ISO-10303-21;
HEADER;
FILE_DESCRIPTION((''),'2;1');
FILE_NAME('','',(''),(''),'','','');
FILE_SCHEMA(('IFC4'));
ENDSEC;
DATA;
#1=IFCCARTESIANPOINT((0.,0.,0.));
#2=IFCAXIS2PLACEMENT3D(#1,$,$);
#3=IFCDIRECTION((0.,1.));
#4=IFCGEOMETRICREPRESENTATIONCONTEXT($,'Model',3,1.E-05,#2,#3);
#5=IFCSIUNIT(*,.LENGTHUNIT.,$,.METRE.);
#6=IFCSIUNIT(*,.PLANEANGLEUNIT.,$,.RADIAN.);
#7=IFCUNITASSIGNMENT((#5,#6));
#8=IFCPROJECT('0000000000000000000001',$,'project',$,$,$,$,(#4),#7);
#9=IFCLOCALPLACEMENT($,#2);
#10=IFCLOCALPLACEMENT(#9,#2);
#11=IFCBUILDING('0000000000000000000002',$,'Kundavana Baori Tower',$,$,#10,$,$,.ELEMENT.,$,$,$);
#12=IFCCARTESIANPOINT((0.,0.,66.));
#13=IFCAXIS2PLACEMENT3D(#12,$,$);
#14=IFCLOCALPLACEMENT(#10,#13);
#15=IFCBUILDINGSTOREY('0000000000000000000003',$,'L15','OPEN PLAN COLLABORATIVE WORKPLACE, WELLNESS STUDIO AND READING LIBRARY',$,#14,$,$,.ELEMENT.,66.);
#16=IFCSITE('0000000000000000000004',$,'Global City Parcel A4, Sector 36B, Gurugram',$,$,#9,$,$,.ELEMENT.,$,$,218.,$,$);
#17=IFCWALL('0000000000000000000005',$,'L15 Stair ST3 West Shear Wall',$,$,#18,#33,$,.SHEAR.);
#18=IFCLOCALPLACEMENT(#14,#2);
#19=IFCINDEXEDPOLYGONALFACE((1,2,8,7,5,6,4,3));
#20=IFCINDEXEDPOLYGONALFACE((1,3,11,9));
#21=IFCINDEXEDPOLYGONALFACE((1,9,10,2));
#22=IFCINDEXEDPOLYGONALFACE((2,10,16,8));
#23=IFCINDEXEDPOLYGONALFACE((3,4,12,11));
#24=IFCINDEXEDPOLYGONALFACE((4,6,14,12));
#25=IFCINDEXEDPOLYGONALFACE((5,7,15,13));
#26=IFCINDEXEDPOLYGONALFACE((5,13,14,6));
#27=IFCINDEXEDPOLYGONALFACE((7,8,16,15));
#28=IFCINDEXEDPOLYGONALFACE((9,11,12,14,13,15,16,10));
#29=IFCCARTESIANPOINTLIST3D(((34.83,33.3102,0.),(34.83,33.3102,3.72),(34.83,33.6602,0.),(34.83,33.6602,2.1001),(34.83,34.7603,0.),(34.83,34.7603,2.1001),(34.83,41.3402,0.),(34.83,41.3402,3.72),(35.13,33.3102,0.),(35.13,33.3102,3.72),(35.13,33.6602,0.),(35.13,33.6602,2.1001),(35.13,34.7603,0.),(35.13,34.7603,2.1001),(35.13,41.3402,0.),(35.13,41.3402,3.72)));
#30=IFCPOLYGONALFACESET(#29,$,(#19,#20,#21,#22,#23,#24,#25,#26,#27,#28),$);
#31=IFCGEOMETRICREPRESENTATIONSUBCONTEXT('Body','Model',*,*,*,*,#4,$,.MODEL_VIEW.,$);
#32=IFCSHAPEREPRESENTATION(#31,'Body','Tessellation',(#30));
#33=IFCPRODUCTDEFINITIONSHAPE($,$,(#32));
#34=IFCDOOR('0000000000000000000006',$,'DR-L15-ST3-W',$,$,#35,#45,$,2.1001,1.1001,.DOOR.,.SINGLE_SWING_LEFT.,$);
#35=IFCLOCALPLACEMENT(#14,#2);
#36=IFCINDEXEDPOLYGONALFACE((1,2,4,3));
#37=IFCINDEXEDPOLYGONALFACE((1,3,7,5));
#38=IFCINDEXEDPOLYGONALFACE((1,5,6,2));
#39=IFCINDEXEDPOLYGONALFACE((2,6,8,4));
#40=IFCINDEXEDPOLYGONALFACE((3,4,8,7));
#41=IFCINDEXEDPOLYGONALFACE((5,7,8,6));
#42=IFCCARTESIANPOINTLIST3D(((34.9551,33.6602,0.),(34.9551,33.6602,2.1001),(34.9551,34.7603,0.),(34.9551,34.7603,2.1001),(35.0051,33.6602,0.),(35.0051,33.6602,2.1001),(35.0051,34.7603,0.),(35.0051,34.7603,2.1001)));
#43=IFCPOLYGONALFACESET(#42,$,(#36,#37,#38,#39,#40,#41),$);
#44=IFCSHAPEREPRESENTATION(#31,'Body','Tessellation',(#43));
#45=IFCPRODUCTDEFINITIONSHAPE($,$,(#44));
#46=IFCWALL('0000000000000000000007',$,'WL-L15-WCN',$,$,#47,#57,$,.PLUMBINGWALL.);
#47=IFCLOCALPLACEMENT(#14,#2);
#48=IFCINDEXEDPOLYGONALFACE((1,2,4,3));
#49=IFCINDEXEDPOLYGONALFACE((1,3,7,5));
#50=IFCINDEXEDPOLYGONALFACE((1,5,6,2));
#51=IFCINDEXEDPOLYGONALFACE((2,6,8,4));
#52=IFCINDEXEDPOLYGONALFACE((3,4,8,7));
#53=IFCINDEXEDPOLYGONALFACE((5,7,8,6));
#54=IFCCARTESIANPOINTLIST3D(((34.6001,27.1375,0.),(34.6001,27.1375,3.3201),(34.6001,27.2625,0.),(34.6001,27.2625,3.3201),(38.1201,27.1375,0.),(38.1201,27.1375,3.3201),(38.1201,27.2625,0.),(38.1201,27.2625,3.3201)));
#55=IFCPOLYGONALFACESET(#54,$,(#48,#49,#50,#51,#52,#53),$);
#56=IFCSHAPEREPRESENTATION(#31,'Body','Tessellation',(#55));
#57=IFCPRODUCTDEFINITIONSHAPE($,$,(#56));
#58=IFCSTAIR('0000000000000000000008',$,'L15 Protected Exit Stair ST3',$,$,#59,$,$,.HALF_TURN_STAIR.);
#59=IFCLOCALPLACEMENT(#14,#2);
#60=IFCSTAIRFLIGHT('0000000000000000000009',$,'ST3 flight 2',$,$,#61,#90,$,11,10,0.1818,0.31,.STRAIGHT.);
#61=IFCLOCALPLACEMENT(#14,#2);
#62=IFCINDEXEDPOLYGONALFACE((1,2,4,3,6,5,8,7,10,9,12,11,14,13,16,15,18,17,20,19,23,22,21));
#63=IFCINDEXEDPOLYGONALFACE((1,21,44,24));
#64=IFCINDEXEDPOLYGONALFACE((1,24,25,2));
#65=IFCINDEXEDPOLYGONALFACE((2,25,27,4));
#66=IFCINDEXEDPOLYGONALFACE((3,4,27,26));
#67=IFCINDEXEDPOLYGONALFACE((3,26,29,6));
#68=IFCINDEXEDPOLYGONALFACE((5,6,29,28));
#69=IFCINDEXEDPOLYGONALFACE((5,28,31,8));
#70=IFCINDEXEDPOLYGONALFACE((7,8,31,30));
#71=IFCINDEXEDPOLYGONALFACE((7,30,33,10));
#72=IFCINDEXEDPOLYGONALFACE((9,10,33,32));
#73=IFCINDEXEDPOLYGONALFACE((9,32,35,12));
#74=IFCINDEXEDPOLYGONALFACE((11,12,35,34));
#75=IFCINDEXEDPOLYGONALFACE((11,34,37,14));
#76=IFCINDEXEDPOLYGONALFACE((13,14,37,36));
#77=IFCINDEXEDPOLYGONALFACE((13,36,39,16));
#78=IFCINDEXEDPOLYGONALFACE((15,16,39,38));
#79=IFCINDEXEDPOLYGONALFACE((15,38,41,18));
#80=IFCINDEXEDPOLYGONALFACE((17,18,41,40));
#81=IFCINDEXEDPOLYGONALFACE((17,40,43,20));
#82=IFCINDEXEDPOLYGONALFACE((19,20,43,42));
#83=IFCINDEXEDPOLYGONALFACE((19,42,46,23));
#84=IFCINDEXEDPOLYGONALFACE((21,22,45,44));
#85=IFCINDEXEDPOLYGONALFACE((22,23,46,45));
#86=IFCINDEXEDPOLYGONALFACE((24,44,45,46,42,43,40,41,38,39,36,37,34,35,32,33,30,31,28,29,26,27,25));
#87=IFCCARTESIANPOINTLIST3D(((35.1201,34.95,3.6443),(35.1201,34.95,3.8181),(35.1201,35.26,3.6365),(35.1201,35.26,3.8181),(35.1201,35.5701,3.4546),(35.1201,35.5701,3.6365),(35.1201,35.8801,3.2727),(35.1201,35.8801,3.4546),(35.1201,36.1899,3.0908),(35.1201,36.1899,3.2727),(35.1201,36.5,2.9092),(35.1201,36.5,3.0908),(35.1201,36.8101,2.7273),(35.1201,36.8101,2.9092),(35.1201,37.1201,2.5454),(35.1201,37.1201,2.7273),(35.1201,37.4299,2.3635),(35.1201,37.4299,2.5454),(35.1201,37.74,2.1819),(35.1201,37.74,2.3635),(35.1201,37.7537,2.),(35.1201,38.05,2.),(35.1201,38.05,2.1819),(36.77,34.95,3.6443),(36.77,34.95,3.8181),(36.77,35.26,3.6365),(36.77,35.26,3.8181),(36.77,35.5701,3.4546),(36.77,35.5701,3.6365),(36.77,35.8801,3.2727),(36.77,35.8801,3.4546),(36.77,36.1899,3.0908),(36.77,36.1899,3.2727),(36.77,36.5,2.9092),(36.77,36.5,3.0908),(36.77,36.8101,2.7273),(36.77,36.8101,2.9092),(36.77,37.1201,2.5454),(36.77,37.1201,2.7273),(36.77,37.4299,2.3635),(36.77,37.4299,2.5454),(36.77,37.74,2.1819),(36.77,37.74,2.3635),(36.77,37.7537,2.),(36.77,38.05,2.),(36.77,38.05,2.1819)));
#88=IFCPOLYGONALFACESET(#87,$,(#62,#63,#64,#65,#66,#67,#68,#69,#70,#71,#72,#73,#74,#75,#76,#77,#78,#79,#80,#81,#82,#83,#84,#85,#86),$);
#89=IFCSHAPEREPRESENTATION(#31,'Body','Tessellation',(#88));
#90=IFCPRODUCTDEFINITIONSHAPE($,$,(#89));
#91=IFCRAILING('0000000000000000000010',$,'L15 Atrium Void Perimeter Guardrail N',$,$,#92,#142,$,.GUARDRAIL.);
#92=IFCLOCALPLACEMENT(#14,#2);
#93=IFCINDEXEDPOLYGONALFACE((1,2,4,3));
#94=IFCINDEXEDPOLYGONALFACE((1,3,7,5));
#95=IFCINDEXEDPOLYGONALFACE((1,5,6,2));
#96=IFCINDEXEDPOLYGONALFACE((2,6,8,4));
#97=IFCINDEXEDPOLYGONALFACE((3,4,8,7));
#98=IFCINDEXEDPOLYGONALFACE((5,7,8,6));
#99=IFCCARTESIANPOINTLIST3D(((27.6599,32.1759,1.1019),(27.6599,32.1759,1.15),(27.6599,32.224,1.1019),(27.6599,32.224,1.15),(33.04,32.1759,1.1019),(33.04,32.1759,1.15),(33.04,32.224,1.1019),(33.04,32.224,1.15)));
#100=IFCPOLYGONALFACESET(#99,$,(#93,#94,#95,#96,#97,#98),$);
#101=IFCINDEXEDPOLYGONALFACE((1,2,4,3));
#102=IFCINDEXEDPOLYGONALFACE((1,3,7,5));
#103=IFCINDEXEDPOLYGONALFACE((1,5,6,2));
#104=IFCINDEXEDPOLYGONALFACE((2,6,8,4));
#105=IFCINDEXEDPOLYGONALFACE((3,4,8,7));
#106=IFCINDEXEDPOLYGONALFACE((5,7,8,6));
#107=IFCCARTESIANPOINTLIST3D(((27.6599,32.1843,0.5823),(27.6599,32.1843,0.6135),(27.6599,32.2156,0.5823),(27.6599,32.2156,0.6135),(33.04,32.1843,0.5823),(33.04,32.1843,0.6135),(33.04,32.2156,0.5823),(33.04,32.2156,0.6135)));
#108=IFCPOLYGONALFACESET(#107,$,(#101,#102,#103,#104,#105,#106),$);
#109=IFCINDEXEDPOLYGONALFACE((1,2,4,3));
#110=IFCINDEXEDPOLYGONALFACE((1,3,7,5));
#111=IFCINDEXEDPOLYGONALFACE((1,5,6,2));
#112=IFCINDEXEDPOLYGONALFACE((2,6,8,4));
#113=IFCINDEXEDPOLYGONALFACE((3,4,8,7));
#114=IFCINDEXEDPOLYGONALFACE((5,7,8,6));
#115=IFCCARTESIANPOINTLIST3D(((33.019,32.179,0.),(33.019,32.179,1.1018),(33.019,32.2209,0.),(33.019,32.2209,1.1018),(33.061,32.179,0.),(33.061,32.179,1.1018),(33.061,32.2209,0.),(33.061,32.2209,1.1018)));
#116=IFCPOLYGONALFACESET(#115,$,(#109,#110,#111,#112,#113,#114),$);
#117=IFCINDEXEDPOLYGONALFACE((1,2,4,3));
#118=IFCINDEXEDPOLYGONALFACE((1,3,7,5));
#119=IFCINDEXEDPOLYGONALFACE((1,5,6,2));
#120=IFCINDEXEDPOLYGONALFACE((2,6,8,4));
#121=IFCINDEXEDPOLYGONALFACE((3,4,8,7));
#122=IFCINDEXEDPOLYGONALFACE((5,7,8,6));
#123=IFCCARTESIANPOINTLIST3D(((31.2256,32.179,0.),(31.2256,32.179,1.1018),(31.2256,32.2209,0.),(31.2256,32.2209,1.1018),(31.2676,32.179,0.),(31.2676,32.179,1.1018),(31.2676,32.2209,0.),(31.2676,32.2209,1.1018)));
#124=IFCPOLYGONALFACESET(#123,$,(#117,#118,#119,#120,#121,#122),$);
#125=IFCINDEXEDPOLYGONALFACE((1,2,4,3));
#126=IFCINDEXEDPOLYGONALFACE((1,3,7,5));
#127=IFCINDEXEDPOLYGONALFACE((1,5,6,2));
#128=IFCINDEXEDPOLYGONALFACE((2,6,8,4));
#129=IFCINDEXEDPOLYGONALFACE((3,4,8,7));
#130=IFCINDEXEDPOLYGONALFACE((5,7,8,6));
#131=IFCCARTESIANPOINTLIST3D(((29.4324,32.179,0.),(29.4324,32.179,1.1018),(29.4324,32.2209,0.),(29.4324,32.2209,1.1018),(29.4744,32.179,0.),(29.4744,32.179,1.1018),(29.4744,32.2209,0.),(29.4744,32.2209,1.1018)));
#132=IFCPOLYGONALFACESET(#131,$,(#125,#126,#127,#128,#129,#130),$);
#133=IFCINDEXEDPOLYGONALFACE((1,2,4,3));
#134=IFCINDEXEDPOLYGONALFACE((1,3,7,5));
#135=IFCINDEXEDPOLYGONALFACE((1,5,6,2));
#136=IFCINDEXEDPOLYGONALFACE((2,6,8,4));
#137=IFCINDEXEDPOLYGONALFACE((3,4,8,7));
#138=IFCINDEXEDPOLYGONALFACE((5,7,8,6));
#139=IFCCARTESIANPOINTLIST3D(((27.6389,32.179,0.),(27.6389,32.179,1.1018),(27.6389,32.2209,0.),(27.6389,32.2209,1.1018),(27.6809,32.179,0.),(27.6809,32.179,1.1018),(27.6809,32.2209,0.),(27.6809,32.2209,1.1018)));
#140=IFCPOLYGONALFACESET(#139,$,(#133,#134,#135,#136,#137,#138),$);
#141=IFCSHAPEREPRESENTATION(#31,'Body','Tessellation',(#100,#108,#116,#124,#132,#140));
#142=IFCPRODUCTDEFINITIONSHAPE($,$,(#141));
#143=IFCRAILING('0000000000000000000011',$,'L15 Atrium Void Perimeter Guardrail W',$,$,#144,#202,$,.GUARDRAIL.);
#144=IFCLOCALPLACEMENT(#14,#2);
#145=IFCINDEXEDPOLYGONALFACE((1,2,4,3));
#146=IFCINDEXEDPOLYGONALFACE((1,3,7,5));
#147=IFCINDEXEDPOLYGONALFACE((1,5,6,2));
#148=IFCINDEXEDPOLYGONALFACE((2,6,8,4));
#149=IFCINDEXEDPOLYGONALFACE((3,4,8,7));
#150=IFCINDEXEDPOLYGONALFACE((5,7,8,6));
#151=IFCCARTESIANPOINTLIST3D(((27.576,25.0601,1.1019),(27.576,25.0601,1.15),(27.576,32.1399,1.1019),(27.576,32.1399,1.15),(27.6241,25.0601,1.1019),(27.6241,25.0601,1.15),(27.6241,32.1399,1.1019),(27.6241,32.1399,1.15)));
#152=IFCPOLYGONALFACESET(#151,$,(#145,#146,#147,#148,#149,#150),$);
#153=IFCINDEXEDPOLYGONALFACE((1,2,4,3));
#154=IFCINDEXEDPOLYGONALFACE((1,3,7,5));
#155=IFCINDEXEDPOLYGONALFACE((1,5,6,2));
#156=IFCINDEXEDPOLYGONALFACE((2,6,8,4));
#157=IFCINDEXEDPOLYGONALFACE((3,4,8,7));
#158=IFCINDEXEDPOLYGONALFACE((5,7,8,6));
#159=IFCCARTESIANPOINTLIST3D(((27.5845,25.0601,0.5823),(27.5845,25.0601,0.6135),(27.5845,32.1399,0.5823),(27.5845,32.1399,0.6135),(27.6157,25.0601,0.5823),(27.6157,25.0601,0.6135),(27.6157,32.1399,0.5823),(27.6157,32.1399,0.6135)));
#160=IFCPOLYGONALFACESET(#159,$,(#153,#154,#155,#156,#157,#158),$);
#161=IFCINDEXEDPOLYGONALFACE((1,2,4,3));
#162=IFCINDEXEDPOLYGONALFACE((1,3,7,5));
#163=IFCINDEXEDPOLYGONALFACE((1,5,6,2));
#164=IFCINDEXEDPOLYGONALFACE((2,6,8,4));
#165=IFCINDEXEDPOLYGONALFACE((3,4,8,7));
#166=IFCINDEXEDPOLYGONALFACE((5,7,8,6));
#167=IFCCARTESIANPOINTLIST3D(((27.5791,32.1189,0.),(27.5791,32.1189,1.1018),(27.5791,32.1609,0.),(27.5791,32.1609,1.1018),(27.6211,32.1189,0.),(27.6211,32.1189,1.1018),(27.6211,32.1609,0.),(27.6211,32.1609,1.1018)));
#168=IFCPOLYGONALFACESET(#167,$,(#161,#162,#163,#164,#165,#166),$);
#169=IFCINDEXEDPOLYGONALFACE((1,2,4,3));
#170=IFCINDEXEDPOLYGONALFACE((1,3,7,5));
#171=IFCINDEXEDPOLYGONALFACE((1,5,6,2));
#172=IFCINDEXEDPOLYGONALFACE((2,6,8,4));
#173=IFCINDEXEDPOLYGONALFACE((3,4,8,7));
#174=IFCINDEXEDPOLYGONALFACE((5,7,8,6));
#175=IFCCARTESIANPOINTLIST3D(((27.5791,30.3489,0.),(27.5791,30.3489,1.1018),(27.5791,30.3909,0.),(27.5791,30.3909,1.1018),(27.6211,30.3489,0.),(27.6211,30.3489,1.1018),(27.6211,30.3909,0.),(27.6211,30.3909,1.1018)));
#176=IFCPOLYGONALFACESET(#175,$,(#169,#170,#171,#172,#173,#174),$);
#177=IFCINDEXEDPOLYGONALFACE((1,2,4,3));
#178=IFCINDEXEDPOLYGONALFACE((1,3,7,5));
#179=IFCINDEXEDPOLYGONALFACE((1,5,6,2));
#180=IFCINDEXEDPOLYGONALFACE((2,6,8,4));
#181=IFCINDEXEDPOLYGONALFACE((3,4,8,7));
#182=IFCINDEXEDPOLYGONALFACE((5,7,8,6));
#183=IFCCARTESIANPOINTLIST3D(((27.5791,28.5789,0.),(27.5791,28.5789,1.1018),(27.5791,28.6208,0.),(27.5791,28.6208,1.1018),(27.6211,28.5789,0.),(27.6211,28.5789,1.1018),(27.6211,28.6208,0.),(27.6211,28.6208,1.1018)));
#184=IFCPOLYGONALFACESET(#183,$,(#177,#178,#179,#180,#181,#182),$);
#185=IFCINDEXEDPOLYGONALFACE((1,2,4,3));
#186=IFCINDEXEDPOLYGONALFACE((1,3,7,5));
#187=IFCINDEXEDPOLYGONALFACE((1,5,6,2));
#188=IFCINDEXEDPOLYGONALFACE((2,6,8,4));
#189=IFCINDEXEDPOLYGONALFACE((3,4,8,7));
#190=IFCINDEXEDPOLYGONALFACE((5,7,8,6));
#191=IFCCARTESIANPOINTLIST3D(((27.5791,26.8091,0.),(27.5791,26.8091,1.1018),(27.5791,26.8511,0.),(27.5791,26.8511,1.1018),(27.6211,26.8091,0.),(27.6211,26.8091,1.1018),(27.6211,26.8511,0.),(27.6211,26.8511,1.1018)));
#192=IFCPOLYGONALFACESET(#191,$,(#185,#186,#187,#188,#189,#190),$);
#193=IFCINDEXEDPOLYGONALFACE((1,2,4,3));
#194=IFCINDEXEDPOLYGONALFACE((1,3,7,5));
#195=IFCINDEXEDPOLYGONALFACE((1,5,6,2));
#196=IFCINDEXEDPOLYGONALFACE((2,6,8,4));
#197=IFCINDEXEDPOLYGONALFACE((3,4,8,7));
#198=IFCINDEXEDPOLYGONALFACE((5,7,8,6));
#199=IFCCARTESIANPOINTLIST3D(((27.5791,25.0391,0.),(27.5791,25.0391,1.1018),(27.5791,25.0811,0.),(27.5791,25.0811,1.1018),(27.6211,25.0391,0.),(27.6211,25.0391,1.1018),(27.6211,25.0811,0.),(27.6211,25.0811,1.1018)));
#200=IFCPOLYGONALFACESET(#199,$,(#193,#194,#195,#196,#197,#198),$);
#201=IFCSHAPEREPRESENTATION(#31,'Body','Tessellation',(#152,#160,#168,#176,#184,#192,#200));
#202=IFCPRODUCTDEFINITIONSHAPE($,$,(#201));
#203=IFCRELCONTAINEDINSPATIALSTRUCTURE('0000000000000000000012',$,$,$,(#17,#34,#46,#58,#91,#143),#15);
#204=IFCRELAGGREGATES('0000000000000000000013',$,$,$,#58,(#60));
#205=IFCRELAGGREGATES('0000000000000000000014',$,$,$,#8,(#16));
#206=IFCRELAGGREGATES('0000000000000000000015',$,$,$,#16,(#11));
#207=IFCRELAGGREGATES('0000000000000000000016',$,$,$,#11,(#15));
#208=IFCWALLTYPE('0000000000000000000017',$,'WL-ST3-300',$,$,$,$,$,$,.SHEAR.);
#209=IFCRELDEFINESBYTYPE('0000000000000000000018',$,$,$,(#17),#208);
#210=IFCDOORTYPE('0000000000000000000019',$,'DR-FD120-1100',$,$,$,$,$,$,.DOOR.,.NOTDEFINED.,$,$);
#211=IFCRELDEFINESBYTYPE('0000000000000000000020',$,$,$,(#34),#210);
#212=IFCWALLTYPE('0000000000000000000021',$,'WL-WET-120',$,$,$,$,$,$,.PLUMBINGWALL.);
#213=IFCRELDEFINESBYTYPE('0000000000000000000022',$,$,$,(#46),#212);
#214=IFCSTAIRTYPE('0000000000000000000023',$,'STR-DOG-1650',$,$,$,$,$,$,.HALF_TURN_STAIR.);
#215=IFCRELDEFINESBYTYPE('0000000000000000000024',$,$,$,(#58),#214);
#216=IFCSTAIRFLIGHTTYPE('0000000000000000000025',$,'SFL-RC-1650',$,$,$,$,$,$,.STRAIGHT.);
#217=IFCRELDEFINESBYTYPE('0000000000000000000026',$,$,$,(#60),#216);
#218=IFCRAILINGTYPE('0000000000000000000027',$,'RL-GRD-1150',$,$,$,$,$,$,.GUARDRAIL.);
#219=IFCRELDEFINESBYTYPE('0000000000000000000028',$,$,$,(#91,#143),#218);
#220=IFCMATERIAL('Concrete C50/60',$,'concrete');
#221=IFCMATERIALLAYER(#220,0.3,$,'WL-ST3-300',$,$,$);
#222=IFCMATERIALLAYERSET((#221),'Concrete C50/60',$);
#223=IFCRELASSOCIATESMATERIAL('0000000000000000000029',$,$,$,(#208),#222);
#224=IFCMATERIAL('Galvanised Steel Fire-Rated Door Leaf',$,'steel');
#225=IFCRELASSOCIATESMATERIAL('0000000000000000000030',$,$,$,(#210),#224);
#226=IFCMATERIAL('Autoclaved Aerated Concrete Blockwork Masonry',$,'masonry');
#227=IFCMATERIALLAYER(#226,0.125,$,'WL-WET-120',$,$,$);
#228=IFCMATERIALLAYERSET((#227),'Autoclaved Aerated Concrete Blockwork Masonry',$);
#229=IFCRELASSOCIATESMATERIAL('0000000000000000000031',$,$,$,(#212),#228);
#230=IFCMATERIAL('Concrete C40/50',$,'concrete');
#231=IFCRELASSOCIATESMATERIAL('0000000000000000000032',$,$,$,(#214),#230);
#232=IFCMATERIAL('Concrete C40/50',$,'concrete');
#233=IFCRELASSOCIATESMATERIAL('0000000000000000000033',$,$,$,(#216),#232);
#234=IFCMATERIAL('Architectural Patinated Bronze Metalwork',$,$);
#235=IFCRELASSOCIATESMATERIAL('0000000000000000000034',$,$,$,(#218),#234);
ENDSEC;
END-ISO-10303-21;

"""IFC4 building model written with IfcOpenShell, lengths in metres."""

from ifc_helpers import new_model, si_unit, direction, frame, frame_2d, origin, origin_2d, place, context, subcontext, project, spatial, polyline, rectangle, outline, extrude, material, layer, layer_set, type_object, element, fill, aggregate, save


model = new_model("IFC4")

# Units and contexts
model_context = context("Model", 3, precision=1e-05, world=origin(), true_north=direction((0.0, 1.0)))
body_context = subcontext(model_context, "Body", "Model", "MODEL_VIEW")
ifc_project = project(units=[si_unit("LENGTHUNIT", "METRE"), si_unit("PLANEANGLEUNIT", "RADIAN")], contexts=[model_context])

# Site, building, storey
site_placement = place(None, origin())
site = spatial("IfcSite", under=ifc_project, at=site_placement, Name="Global City Parcel A4, Sector 36B, Gurugram", CompositionType="ELEMENT", RefElevation=218.0)
building_placement = place(site_placement, origin())
building = spatial("IfcBuilding", under=site, at=building_placement, Name="Kundavana Baori Tower", CompositionType="ELEMENT")
storey_placement = place(building_placement, frame((0.0, 0.0, 66.0)))
storey = spatial("IfcBuildingStorey", under=building, at=storey_placement, Name="L15", Description="OPEN PLAN COLLABORATIVE WORKPLACE, WELLNESS STUDIO AND READING LIBRARY", CompositionType="ELEMENT", Elevation=66.0)

# Shared definitions
ifc_material_1 = material(Name="Concrete C50/60", Category="concrete")
ifc_layer_1 = layer(ifc_material_1, 0.3, Name="WL-ST3-300")
ifc_layer_set_1 = layer_set([ifc_layer_1], Name="Concrete C50/60")
wall_type_1 = type_object("IfcWallType", Name="WL-ST3-300", PredefinedType="SHEAR", material=ifc_layer_set_1)

# Wall, opening, door
wall_1_placement = place(storey_placement, frame((34.98, 33.3101, 0.0), z_axis=(0.0, 0.0, 1.0), x_axis=(0.0, 1.0, 0.0)))
wall_1 = element("IfcWall", 1, at=wall_1_placement, inside=storey, type_object=wall_type_1, Name="L15 Stair ST3 West Shear Wall", PredefinedType="SHEAR", context=body_context, shape_type="SweptSolid", body=[
    extrude(rectangle(XDim=8.03, YDim=0.3, at=frame_2d((4.0151, 0.0))), origin(), (0.0, 0.0, 1.0), 3.72),
])
opening_1_placement = place(wall_1_placement, frame((0.3501, 0.0, 0.0)))
opening_1 = element("IfcOpeningElement", 2, at=opening_1_placement, cuts=wall_1, PredefinedType="OPENING", context=body_context, shape_type="SweptSolid", body=[
    extrude(rectangle(XDim=1.1001, YDim=2.1001, at=frame_2d((0.55, 1.05))), frame((0.0, 0.1602, 0.0), z_axis=(0.0, -1.0, 0.0), x_axis=(1.0, 0.0, 0.0)), (0.0, 0.0, 1.0), 0.3201),
])
ifc_material_2 = material(Name="Galvanised Steel Fire-Rated Door Leaf", Category="steel")
door_type_1 = type_object("IfcDoorType", Name="DR-FD120-1100", OperationType="NOTDEFINED", PredefinedType="DOOR", material=ifc_material_2)
door_1_placement = place(opening_1_placement, origin())
door_1 = element("IfcDoor", 3, at=door_1_placement, inside=storey, type_object=door_type_1, Name="DR-L15-ST3-W", OperationType="SINGLE_SWING_LEFT", OverallHeight=2.1001, OverallWidth=1.1001, PredefinedType="DOOR", context=body_context, shape_type="SweptSolid", body=[
    extrude(rectangle(XDim=1.1001, YDim=2.1001, at=frame_2d((0.55, 1.05))), frame((0.0, 0.0249, 0.0), z_axis=(0.0, -1.0, 0.0), x_axis=(1.0, 0.0, 0.0)), (0.0, 0.0, 1.0), 0.05),
])
fill(opening_1, door_1)

# Wall
ifc_material_3 = material(Name="Autoclaved Aerated Concrete Blockwork Masonry", Category="masonry")
ifc_layer_2 = layer(ifc_material_3, 0.125, Name="WL-WET-120")
ifc_layer_set_2 = layer_set([ifc_layer_2], Name="Autoclaved Aerated Concrete Blockwork Masonry")
wall_type_2 = type_object("IfcWallType", Name="WL-WET-120", PredefinedType="PLUMBINGWALL", material=ifc_layer_set_2)
wall_2_placement = place(storey_placement, frame((34.6001, 27.2, 0.0), z_axis=(0.0, 0.0, 1.0), x_axis=(1.0, 0.0, 0.0)))
element("IfcWall", 4, at=wall_2_placement, inside=storey, type_object=wall_type_2, Name="WL-L15-WCN", PredefinedType="PLUMBINGWALL", context=body_context, shape_type="SweptSolid", body=[
    extrude(rectangle(XDim=3.52, YDim=0.125, at=frame_2d((1.76, 0.0))), origin(), (0.0, 0.0, 1.0), 3.3201),
])

# Stair, stair flight
ifc_material_4 = material(Name="Concrete C40/50", Category="concrete")
stair_type = type_object("IfcStairType", Name="STR-DOG-1650", PredefinedType="HALF_TURN_STAIR", material=ifc_material_4)
stair_placement = place(storey_placement, origin())
stair = element("IfcStair", 5, at=stair_placement, inside=storey, type_object=stair_type, Name="L15 Protected Exit Stair ST3", PredefinedType="HALF_TURN_STAIR")
ifc_material_5 = material(Name="Concrete C40/50", Category="concrete")
stair_flight_type = type_object("IfcStairFlightType", Name="SFL-RC-1650", PredefinedType="STRAIGHT", material=ifc_material_5)
stair_flight_placement = place(storey_placement, frame((35.9451, 38.05, 2.0), z_axis=(0.0, 0.0, 1.0), x_axis=(0.0, -1.0, 0.0)))
stair_flight = element("IfcStairFlight", 6, at=stair_flight_placement, type_object=stair_flight_type, Name="ST3 flight 2", NumberOfRisers=11, NumberOfTreads=10, PredefinedType="STRAIGHT", RiserHeight=0.1818, TreadLength=0.31, context=body_context, shape_type="SweptSolid", body=[
    extrude(outline(polyline([(0.0, 0.0), (0.0, 0.1819), (0.3101, 0.1819), (0.3101, 0.3635), (0.6201, 0.3635), (0.6201, 0.5454), (0.9299, 0.5454), (0.9299, 0.7273), (1.24, 0.7273), (1.24, 0.9092), (1.55, 0.9092), (1.55, 1.0908), (1.8601, 1.0908), (1.8601, 1.2727), (2.1699, 1.2727), (2.1699, 1.4546), (2.48, 1.4546), (2.48, 1.6365), (2.79, 1.6365), (2.79, 1.8181), (3.1001, 1.8181), (3.1001, 2.0), (3.1001, 1.6443), (0.2964, 0.0), (0.0, 0.0)])), frame((0.0, 0.825, 0.0), z_axis=(0.0, -1.0, 0.0), x_axis=(1.0, 0.0, 0.0)), (0.0, 0.0, 1.0), 1.6499),
])
aggregate(stair, [stair_flight])

# Railings
ifc_material_6 = material(Name="Architectural Patinated Bronze Metalwork")
railing_type_1 = type_object("IfcRailingType", Name="RL-GRD-1150", PredefinedType="GUARDRAIL", material=ifc_material_6)
railing_1_placement = place(storey_placement, frame((33.04, 32.2, 0.0)))
element("IfcRailing", 7, at=railing_1_placement, inside=storey, type_object=railing_type_1, Name="L15 Atrium Void Perimeter Guardrail N", PredefinedType="GUARDRAIL", context=body_context, shape_type="SweptSolid", body=[
    extrude(rectangle(XDim=0.0481, YDim=0.0481, at=origin_2d()), frame((0.0, 0.0, 1.126), z_axis=(-1.0, 0.0, 0.0), x_axis=(0.0, -1.0, 0.0)), (0.0, 0.0, 1.0), 5.3801),
    extrude(rectangle(XDim=0.0312, YDim=0.0312, at=origin_2d()), frame((0.0, 0.0, 0.5979), z_axis=(-1.0, 0.0, 0.0), x_axis=(0.0, -1.0, 0.0)), (0.0, 0.0, 1.0), 5.3801),
    extrude(rectangle(XDim=0.042, YDim=0.042, at=origin_2d()), origin(), (0.0, 0.0, 1.0), 1.1018),
    extrude(rectangle(XDim=0.042, YDim=0.042, at=origin_2d()), frame((-1.7935, 0.0, 0.0)), (0.0, 0.0, 1.0), 1.1018),
    extrude(rectangle(XDim=0.042, YDim=0.042, at=origin_2d()), frame((-3.5867, 0.0, 0.0)), (0.0, 0.0, 1.0), 1.1018),
    extrude(rectangle(XDim=0.042, YDim=0.042, at=origin_2d()), frame((-5.3801, 0.0, 0.0)), (0.0, 0.0, 1.0), 1.1018),
])
railing_2_placement = place(storey_placement, frame((27.6001, 32.1399, 0.0)))
element("IfcRailing", 8, at=railing_2_placement, inside=storey, type_object=railing_type_1, Name="L15 Atrium Void Perimeter Guardrail W", PredefinedType="GUARDRAIL", context=body_context, shape_type="SweptSolid", body=[
    extrude(rectangle(XDim=0.0481, YDim=0.0481, at=origin_2d()), frame((0.0, 0.0, 1.126), z_axis=(0.0, -1.0, 0.0), x_axis=(1.0, 0.0, 0.0)), (0.0, 0.0, 1.0), 7.0798),
    extrude(rectangle(XDim=0.0312, YDim=0.0312, at=origin_2d()), frame((0.0, 0.0, 0.5979), z_axis=(0.0, -1.0, 0.0), x_axis=(1.0, 0.0, 0.0)), (0.0, 0.0, 1.0), 7.0798),
    extrude(rectangle(XDim=0.042, YDim=0.042, at=origin_2d()), origin(), (0.0, 0.0, 1.0), 1.1018),
    extrude(rectangle(XDim=0.042, YDim=0.042, at=origin_2d()), frame((0.0, -1.77, 0.0)), (0.0, 0.0, 1.0), 1.1018),
    extrude(rectangle(XDim=0.042, YDim=0.042, at=origin_2d()), frame((0.0, -3.54, 0.0)), (0.0, 0.0, 1.0), 1.1018),
    extrude(rectangle(XDim=0.042, YDim=0.042, at=origin_2d()), frame((0.0, -5.3098, 0.0)), (0.0, 0.0, 1.0), 1.1018),
    extrude(rectangle(XDim=0.042, YDim=0.042, at=origin_2d()), frame((0.0, -7.0798, 0.0)), (0.0, 0.0, 1.0), 1.1018),
])

save(model, "model.ifc")
